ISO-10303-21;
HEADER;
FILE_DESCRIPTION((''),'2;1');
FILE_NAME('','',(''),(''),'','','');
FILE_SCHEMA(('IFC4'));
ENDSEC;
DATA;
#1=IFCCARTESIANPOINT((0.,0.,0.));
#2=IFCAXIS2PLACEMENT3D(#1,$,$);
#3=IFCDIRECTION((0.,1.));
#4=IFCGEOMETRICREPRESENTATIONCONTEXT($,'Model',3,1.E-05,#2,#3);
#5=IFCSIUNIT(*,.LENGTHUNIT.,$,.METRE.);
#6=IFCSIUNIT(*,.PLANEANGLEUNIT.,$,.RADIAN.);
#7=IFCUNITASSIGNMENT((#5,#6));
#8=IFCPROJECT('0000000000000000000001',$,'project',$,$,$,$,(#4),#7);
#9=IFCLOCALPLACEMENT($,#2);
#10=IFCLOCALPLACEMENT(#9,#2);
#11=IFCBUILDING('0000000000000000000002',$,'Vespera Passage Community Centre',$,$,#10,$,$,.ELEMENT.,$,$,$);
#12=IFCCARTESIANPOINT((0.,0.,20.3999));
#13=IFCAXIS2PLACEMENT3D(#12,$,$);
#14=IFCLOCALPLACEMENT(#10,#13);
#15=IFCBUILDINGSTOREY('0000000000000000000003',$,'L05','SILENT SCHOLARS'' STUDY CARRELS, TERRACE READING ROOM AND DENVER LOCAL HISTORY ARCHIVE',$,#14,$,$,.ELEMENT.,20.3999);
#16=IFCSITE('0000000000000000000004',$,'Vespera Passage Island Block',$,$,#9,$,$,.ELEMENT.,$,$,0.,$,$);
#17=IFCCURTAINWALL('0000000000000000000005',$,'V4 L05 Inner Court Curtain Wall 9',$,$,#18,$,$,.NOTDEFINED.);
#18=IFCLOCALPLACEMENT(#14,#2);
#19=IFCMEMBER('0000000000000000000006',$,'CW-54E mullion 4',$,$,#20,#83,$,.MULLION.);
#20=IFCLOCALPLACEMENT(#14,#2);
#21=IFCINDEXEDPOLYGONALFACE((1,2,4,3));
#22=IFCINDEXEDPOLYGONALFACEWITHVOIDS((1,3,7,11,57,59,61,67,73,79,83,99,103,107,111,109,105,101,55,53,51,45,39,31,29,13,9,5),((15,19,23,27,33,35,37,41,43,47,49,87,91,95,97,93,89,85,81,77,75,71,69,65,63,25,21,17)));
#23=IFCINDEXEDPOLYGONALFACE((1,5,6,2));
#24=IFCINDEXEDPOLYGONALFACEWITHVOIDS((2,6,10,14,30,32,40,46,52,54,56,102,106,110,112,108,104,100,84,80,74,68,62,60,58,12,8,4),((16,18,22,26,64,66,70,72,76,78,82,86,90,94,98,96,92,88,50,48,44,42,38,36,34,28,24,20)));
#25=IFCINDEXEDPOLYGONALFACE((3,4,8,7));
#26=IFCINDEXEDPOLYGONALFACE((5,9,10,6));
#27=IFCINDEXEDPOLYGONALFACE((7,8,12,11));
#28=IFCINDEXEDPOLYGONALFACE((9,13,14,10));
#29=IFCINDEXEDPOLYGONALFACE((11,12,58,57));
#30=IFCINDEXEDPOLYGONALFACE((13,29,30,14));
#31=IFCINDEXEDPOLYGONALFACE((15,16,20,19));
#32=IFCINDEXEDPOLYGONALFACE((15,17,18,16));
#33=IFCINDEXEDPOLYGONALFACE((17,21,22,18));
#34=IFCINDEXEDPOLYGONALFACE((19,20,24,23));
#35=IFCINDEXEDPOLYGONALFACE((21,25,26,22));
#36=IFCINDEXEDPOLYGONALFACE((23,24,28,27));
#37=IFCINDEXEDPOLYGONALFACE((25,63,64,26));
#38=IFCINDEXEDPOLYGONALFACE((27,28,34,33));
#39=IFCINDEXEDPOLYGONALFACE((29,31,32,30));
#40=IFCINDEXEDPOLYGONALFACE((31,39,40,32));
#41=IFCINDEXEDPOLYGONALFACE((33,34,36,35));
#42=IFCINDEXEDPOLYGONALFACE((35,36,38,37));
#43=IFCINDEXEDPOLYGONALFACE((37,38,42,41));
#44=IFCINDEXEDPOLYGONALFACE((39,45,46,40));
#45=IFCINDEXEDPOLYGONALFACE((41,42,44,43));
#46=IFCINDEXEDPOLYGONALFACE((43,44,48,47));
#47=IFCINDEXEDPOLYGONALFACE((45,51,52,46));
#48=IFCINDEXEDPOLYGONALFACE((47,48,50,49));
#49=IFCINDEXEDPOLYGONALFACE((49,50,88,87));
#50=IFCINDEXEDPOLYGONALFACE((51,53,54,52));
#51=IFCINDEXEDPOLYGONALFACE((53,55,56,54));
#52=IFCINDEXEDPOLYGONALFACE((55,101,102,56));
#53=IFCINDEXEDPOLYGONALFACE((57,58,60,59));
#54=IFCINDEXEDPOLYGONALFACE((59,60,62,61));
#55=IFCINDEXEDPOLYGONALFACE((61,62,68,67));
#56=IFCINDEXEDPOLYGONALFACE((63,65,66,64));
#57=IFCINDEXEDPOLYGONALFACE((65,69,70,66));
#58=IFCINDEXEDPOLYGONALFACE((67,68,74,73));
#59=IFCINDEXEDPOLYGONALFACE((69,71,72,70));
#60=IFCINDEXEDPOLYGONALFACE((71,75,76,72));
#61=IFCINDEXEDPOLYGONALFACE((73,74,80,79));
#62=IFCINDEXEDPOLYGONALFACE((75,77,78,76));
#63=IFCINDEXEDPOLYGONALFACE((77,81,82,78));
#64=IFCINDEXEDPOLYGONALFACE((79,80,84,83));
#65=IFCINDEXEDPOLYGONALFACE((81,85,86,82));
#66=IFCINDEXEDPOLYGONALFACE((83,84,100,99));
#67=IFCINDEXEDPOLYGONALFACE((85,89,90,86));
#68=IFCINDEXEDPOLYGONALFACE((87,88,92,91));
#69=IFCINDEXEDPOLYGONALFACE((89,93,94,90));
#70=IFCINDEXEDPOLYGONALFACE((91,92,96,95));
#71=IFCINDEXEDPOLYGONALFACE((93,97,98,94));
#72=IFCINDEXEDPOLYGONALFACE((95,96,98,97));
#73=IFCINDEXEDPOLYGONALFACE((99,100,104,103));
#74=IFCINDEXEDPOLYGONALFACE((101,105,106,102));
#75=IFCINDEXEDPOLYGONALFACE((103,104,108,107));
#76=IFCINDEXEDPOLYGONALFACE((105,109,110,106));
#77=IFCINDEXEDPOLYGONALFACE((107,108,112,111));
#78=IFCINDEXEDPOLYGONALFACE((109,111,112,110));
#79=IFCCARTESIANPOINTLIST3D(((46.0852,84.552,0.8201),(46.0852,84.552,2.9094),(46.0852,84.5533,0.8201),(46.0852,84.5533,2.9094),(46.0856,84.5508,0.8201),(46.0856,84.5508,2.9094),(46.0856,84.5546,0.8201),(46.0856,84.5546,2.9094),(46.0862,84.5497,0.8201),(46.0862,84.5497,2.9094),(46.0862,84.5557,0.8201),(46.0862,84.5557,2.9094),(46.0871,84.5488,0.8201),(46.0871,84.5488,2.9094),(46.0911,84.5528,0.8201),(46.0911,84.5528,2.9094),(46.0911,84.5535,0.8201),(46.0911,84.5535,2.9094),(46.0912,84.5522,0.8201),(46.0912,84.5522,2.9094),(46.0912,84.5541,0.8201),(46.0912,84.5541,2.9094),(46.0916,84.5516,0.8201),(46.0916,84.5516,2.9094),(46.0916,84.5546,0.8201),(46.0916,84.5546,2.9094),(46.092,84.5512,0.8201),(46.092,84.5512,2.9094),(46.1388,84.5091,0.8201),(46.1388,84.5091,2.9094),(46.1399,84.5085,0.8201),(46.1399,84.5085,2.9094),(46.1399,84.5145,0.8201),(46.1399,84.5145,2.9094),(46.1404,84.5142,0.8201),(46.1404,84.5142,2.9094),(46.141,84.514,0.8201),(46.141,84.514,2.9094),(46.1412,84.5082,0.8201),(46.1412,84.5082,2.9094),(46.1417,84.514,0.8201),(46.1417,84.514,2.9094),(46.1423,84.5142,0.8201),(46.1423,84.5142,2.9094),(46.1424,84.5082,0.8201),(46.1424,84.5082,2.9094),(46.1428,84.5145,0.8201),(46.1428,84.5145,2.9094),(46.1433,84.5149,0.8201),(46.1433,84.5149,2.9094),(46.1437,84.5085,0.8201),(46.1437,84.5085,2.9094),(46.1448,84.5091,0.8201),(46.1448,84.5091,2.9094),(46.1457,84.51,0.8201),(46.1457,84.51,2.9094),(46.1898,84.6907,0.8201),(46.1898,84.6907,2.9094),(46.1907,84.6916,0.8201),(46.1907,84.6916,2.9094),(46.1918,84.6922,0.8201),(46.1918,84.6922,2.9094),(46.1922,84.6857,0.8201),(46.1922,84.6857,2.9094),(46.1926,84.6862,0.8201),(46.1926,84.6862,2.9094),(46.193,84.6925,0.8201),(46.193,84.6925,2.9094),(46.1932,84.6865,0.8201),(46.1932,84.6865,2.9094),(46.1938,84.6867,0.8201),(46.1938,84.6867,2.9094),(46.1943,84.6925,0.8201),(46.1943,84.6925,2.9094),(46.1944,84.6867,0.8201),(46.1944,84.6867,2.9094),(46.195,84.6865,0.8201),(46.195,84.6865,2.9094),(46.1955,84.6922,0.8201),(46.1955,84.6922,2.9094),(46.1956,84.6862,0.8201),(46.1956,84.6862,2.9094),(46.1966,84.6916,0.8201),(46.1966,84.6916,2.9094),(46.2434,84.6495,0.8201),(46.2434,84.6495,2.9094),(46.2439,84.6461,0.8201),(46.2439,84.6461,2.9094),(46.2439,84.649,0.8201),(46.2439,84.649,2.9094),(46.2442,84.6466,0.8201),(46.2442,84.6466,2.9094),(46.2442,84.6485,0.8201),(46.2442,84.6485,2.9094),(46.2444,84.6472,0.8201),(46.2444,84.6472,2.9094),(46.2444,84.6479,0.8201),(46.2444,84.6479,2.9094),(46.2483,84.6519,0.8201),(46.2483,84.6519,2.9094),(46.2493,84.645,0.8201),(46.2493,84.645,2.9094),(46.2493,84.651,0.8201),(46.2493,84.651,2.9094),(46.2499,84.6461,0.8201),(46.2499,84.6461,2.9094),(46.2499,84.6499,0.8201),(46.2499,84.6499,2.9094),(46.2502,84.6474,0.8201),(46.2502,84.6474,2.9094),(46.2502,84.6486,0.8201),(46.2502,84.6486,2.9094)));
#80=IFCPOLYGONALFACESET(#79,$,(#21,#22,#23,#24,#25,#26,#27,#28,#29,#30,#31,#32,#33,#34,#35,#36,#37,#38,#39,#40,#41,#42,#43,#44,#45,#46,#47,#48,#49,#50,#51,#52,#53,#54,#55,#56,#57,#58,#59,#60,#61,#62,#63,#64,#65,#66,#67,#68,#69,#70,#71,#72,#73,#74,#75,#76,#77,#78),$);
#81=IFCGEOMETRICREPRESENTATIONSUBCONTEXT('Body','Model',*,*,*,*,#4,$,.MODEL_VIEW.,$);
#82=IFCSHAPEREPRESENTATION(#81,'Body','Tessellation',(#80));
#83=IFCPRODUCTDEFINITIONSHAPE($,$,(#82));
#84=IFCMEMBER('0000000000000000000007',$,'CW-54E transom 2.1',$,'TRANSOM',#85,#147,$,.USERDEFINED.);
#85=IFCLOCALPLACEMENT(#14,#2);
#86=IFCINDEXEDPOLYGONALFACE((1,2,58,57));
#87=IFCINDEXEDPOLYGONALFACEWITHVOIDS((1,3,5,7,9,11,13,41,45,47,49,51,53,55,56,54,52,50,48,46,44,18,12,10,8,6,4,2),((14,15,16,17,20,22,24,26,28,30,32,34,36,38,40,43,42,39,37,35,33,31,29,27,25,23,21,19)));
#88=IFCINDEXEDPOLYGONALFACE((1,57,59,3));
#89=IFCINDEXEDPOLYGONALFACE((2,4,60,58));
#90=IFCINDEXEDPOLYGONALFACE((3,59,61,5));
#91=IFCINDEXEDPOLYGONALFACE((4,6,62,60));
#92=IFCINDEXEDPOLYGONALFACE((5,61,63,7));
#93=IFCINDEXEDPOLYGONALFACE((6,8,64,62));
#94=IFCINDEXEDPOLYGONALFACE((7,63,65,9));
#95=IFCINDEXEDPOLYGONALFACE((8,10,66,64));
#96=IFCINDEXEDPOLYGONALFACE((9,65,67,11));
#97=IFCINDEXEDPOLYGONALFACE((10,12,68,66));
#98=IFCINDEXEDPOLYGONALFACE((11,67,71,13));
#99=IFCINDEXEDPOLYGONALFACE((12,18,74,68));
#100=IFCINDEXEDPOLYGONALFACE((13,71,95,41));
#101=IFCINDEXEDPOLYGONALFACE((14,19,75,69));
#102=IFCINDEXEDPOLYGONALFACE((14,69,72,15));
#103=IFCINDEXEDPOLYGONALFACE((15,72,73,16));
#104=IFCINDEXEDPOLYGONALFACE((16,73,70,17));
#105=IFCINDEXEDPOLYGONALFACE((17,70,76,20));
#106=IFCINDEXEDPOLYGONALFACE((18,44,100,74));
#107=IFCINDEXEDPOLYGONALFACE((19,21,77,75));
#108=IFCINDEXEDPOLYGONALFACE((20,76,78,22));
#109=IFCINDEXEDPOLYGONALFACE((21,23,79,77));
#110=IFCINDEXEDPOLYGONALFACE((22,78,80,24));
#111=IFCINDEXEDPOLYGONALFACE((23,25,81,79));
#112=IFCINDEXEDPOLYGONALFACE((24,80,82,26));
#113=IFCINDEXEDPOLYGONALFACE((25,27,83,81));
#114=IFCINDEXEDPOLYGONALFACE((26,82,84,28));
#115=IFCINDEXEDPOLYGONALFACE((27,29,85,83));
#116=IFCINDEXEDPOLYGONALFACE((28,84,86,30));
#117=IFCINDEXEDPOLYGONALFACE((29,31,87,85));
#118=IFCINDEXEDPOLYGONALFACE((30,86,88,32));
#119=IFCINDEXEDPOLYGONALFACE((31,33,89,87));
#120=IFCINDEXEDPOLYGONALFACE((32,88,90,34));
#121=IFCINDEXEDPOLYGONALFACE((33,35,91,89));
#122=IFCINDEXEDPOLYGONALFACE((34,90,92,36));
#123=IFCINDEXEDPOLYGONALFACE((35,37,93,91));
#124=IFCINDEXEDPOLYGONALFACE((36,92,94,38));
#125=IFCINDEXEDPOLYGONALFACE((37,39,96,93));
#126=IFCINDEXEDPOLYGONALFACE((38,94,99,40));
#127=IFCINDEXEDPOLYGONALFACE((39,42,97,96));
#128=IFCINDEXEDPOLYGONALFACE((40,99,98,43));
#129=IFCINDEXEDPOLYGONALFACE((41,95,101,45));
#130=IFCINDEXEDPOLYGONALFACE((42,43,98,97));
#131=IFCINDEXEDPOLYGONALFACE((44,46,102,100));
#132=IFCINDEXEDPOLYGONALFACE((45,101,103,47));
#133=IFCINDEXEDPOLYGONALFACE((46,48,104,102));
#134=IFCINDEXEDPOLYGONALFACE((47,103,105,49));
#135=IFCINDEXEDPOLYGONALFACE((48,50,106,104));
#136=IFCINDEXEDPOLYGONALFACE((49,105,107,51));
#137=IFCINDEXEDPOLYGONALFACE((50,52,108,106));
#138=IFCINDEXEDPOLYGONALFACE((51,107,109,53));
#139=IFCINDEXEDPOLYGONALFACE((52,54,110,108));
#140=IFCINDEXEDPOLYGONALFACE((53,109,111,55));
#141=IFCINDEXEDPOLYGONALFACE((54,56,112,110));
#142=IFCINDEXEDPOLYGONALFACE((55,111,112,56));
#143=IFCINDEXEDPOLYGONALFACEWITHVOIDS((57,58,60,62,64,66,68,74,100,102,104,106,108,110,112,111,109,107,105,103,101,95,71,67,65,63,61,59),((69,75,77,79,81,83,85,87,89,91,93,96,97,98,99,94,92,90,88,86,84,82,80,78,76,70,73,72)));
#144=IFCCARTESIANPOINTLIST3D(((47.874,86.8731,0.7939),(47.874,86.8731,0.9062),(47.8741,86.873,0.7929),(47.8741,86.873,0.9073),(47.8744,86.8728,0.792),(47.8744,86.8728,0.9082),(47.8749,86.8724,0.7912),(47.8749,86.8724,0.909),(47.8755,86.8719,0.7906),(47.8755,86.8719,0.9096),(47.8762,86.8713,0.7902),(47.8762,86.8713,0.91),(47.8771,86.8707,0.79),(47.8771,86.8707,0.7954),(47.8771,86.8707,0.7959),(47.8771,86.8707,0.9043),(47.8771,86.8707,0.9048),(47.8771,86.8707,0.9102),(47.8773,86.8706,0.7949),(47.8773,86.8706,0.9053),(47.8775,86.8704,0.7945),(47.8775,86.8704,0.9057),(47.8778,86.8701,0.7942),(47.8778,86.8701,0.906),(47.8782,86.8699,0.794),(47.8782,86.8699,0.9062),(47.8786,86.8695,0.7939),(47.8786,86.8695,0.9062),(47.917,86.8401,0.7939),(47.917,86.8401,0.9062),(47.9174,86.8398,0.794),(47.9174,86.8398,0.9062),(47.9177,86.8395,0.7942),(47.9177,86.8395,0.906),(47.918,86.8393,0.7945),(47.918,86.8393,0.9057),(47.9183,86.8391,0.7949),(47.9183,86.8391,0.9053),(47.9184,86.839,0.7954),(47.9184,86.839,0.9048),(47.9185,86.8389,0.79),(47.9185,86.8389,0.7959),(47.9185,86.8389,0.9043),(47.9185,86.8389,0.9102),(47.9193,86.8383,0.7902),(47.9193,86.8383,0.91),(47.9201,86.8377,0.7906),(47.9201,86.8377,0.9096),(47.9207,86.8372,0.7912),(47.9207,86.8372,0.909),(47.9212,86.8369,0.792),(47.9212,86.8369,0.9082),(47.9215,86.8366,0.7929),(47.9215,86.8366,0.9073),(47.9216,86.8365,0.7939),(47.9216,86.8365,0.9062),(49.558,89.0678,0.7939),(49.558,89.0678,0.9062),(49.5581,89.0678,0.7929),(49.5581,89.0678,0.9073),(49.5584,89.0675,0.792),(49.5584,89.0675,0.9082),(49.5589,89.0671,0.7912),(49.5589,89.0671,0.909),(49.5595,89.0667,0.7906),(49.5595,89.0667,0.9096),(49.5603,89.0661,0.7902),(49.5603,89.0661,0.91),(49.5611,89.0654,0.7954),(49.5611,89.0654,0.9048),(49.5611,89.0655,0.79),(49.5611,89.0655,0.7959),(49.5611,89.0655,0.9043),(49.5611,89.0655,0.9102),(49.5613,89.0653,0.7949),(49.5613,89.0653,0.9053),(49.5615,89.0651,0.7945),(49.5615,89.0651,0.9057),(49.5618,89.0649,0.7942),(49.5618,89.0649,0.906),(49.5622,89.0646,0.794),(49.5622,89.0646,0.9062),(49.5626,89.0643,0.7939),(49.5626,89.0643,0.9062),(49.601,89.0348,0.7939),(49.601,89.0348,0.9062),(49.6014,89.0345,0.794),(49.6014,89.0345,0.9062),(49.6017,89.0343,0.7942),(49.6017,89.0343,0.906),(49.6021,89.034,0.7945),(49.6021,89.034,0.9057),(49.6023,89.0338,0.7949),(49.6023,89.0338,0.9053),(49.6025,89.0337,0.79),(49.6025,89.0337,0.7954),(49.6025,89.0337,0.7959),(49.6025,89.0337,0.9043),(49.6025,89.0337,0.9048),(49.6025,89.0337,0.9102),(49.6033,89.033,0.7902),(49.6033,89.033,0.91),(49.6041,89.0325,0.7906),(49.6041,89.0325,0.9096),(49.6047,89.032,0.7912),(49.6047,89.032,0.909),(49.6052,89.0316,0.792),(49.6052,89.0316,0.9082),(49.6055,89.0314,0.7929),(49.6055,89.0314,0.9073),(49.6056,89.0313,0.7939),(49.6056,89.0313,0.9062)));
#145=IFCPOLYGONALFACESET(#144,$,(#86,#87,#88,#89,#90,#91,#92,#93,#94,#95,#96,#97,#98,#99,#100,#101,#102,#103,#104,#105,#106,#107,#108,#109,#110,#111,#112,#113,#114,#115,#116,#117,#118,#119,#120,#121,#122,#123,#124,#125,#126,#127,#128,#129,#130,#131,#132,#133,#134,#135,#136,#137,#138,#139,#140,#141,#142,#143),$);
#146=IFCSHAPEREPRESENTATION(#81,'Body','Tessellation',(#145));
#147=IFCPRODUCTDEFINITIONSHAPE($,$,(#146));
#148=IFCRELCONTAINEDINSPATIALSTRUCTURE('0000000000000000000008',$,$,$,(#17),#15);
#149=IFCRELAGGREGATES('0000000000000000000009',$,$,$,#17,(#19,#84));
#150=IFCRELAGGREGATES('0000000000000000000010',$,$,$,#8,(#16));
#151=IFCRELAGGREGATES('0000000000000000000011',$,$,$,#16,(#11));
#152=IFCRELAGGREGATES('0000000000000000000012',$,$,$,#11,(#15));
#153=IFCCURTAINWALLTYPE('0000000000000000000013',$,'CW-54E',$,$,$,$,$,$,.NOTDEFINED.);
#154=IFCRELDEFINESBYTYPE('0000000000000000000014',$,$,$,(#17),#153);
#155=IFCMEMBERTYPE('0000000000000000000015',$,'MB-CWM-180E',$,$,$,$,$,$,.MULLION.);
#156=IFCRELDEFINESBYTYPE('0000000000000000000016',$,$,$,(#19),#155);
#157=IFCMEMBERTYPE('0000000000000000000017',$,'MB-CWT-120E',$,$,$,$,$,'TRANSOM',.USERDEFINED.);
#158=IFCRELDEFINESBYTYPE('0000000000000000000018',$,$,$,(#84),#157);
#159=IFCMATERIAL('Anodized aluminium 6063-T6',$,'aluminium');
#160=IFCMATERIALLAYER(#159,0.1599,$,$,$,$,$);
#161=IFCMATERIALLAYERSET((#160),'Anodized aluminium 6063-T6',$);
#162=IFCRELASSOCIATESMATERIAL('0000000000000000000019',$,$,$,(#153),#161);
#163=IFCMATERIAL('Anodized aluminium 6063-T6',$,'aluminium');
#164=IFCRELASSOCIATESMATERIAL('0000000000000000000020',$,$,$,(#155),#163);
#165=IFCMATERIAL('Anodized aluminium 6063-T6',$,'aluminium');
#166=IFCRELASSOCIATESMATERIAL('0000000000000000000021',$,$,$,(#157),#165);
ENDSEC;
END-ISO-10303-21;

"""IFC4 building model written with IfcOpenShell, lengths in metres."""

from ifc_helpers import new_model, si_unit, direction, frame, origin, origin_2d, place, context, subcontext, project, spatial, hollow_rectangle, extrude, material, layer, layer_set, material_profile, profile_set, type_object, element, aggregate, save


model = new_model("IFC4")

# Units and contexts
model_context = context("Model", 3, precision=1e-05, world=origin(), true_north=direction((0.0, 1.0)))
body_context = subcontext(model_context, "Body", "Model", "MODEL_VIEW")
ifc_project = project(units=[si_unit("LENGTHUNIT", "METRE"), si_unit("PLANEANGLEUNIT", "RADIAN")], contexts=[model_context])

# Site, building, storey
site_placement = place(None, origin())
site = spatial("IfcSite", under=ifc_project, at=site_placement, Name="Vespera Passage Island Block", CompositionType="ELEMENT", RefElevation=0.0)
building_placement = place(site_placement, origin())
building = spatial("IfcBuilding", under=site, at=building_placement, Name="Vespera Passage Community Centre", CompositionType="ELEMENT")
storey_placement = place(building_placement, frame((0.0, 0.0, 20.3999)))
storey = spatial("IfcBuildingStorey", under=building, at=storey_placement, Name="L05", Description="SILENT SCHOLARS' STUDY CARRELS, TERRACE READING ROOM AND DENVER LOCAL HISTORY ARCHIVE", CompositionType="ELEMENT", Elevation=20.3999)

# Curtain wall, members
ifc_material_1 = material(Name="Anodized aluminium 6063-T6", Category="aluminium")
ifc_layer_1 = layer(ifc_material_1, 0.1599)
ifc_layer_set_1 = layer_set([ifc_layer_1], Name="Anodized aluminium 6063-T6")
curtain_wall_type = type_object("IfcCurtainWallType", Name="CW-54E", PredefinedType="NOTDEFINED", material=ifc_layer_set_1)
curtain_wall_placement = place(storey_placement, origin())
curtain_wall = element("IfcCurtainWall", 1, at=curtain_wall_placement, inside=storey, type_object=curtain_wall_type, Name="V4 L05 Inner Court Curtain Wall 9", PredefinedType="NOTDEFINED")
ifc_material_2 = material(Name="Anodized aluminium 6063-T6", Category="aluminium")
ifc_material_profile_1 = material_profile(ifc_material_2, hollow_rectangle(XDim=0.075, YDim=0.1799, WallThickness=0.0049, InnerFilletRadius=0.0024, OuterFilletRadius=0.0049, at=origin_2d()), Name="ALU180X75X5")
ifc_profile_set_1 = profile_set([ifc_material_profile_1], Name="Anodized aluminium 6063-T6")
member_type_1 = type_object("IfcMemberType", Name="MB-CWM-180E", PredefinedType="MULLION", material=ifc_profile_set_1)
member_1_placement = place(storey_placement, frame((46.1677, 84.6003, 0.8201), z_axis=(0.0, 0.0, 1.0), x_axis=(0.793358, -0.608755, 0.0)))
member_1 = element("IfcMember", 2, at=member_1_placement, type_object=member_type_1, Name="CW-54E mullion 4", PredefinedType="MULLION", context=body_context, shape_type="SweptSolid", body=[
    extrude(hollow_rectangle(XDim=0.075, YDim=0.1799, WallThickness=0.0049, InnerFilletRadius=0.0024, OuterFilletRadius=0.0049, at=origin_2d()), origin(), (0.0, 0.0, 1.0), 2.0894),
])
ifc_material_3 = material(Name="Anodized aluminium 6063-T6", Category="aluminium")
ifc_material_profile_2 = material_profile(ifc_material_3, hollow_rectangle(XDim=0.0601, YDim=0.1201, WallThickness=0.0039, InnerFilletRadius=0.002, OuterFilletRadius=0.0039, at=origin_2d()), Name="ALU120X60X4")
ifc_profile_set_2 = profile_set([ifc_material_profile_2], Name="Anodized aluminium 6063-T6")
member_type_2 = type_object("IfcMemberType", Name="MB-CWT-120E", ElementType="TRANSOM", PredefinedType="USERDEFINED", material=ifc_profile_set_2)
member_2_placement = place(storey_placement, frame((49.5818, 89.0496, 0.8501), z_axis=(-0.608746, -0.793365, 0.0), x_axis=(0.793365, -0.608746, 0.0)))
member_2 = element("IfcMember", 3, at=member_2_placement, type_object=member_type_2, Name="CW-54E transom 2.1", ObjectType="TRANSOM", PredefinedType="USERDEFINED", context=body_context, shape_type="SweptSolid", body=[
    extrude(hollow_rectangle(XDim=0.0601, YDim=0.1201, WallThickness=0.0039, InnerFilletRadius=0.002, OuterFilletRadius=0.0039, at=origin_2d()), origin(), (0.0, 0.0, 1.0), 2.7664),
])
aggregate(curtain_wall, [member_1, member_2])

save(model, "model.ifc")
